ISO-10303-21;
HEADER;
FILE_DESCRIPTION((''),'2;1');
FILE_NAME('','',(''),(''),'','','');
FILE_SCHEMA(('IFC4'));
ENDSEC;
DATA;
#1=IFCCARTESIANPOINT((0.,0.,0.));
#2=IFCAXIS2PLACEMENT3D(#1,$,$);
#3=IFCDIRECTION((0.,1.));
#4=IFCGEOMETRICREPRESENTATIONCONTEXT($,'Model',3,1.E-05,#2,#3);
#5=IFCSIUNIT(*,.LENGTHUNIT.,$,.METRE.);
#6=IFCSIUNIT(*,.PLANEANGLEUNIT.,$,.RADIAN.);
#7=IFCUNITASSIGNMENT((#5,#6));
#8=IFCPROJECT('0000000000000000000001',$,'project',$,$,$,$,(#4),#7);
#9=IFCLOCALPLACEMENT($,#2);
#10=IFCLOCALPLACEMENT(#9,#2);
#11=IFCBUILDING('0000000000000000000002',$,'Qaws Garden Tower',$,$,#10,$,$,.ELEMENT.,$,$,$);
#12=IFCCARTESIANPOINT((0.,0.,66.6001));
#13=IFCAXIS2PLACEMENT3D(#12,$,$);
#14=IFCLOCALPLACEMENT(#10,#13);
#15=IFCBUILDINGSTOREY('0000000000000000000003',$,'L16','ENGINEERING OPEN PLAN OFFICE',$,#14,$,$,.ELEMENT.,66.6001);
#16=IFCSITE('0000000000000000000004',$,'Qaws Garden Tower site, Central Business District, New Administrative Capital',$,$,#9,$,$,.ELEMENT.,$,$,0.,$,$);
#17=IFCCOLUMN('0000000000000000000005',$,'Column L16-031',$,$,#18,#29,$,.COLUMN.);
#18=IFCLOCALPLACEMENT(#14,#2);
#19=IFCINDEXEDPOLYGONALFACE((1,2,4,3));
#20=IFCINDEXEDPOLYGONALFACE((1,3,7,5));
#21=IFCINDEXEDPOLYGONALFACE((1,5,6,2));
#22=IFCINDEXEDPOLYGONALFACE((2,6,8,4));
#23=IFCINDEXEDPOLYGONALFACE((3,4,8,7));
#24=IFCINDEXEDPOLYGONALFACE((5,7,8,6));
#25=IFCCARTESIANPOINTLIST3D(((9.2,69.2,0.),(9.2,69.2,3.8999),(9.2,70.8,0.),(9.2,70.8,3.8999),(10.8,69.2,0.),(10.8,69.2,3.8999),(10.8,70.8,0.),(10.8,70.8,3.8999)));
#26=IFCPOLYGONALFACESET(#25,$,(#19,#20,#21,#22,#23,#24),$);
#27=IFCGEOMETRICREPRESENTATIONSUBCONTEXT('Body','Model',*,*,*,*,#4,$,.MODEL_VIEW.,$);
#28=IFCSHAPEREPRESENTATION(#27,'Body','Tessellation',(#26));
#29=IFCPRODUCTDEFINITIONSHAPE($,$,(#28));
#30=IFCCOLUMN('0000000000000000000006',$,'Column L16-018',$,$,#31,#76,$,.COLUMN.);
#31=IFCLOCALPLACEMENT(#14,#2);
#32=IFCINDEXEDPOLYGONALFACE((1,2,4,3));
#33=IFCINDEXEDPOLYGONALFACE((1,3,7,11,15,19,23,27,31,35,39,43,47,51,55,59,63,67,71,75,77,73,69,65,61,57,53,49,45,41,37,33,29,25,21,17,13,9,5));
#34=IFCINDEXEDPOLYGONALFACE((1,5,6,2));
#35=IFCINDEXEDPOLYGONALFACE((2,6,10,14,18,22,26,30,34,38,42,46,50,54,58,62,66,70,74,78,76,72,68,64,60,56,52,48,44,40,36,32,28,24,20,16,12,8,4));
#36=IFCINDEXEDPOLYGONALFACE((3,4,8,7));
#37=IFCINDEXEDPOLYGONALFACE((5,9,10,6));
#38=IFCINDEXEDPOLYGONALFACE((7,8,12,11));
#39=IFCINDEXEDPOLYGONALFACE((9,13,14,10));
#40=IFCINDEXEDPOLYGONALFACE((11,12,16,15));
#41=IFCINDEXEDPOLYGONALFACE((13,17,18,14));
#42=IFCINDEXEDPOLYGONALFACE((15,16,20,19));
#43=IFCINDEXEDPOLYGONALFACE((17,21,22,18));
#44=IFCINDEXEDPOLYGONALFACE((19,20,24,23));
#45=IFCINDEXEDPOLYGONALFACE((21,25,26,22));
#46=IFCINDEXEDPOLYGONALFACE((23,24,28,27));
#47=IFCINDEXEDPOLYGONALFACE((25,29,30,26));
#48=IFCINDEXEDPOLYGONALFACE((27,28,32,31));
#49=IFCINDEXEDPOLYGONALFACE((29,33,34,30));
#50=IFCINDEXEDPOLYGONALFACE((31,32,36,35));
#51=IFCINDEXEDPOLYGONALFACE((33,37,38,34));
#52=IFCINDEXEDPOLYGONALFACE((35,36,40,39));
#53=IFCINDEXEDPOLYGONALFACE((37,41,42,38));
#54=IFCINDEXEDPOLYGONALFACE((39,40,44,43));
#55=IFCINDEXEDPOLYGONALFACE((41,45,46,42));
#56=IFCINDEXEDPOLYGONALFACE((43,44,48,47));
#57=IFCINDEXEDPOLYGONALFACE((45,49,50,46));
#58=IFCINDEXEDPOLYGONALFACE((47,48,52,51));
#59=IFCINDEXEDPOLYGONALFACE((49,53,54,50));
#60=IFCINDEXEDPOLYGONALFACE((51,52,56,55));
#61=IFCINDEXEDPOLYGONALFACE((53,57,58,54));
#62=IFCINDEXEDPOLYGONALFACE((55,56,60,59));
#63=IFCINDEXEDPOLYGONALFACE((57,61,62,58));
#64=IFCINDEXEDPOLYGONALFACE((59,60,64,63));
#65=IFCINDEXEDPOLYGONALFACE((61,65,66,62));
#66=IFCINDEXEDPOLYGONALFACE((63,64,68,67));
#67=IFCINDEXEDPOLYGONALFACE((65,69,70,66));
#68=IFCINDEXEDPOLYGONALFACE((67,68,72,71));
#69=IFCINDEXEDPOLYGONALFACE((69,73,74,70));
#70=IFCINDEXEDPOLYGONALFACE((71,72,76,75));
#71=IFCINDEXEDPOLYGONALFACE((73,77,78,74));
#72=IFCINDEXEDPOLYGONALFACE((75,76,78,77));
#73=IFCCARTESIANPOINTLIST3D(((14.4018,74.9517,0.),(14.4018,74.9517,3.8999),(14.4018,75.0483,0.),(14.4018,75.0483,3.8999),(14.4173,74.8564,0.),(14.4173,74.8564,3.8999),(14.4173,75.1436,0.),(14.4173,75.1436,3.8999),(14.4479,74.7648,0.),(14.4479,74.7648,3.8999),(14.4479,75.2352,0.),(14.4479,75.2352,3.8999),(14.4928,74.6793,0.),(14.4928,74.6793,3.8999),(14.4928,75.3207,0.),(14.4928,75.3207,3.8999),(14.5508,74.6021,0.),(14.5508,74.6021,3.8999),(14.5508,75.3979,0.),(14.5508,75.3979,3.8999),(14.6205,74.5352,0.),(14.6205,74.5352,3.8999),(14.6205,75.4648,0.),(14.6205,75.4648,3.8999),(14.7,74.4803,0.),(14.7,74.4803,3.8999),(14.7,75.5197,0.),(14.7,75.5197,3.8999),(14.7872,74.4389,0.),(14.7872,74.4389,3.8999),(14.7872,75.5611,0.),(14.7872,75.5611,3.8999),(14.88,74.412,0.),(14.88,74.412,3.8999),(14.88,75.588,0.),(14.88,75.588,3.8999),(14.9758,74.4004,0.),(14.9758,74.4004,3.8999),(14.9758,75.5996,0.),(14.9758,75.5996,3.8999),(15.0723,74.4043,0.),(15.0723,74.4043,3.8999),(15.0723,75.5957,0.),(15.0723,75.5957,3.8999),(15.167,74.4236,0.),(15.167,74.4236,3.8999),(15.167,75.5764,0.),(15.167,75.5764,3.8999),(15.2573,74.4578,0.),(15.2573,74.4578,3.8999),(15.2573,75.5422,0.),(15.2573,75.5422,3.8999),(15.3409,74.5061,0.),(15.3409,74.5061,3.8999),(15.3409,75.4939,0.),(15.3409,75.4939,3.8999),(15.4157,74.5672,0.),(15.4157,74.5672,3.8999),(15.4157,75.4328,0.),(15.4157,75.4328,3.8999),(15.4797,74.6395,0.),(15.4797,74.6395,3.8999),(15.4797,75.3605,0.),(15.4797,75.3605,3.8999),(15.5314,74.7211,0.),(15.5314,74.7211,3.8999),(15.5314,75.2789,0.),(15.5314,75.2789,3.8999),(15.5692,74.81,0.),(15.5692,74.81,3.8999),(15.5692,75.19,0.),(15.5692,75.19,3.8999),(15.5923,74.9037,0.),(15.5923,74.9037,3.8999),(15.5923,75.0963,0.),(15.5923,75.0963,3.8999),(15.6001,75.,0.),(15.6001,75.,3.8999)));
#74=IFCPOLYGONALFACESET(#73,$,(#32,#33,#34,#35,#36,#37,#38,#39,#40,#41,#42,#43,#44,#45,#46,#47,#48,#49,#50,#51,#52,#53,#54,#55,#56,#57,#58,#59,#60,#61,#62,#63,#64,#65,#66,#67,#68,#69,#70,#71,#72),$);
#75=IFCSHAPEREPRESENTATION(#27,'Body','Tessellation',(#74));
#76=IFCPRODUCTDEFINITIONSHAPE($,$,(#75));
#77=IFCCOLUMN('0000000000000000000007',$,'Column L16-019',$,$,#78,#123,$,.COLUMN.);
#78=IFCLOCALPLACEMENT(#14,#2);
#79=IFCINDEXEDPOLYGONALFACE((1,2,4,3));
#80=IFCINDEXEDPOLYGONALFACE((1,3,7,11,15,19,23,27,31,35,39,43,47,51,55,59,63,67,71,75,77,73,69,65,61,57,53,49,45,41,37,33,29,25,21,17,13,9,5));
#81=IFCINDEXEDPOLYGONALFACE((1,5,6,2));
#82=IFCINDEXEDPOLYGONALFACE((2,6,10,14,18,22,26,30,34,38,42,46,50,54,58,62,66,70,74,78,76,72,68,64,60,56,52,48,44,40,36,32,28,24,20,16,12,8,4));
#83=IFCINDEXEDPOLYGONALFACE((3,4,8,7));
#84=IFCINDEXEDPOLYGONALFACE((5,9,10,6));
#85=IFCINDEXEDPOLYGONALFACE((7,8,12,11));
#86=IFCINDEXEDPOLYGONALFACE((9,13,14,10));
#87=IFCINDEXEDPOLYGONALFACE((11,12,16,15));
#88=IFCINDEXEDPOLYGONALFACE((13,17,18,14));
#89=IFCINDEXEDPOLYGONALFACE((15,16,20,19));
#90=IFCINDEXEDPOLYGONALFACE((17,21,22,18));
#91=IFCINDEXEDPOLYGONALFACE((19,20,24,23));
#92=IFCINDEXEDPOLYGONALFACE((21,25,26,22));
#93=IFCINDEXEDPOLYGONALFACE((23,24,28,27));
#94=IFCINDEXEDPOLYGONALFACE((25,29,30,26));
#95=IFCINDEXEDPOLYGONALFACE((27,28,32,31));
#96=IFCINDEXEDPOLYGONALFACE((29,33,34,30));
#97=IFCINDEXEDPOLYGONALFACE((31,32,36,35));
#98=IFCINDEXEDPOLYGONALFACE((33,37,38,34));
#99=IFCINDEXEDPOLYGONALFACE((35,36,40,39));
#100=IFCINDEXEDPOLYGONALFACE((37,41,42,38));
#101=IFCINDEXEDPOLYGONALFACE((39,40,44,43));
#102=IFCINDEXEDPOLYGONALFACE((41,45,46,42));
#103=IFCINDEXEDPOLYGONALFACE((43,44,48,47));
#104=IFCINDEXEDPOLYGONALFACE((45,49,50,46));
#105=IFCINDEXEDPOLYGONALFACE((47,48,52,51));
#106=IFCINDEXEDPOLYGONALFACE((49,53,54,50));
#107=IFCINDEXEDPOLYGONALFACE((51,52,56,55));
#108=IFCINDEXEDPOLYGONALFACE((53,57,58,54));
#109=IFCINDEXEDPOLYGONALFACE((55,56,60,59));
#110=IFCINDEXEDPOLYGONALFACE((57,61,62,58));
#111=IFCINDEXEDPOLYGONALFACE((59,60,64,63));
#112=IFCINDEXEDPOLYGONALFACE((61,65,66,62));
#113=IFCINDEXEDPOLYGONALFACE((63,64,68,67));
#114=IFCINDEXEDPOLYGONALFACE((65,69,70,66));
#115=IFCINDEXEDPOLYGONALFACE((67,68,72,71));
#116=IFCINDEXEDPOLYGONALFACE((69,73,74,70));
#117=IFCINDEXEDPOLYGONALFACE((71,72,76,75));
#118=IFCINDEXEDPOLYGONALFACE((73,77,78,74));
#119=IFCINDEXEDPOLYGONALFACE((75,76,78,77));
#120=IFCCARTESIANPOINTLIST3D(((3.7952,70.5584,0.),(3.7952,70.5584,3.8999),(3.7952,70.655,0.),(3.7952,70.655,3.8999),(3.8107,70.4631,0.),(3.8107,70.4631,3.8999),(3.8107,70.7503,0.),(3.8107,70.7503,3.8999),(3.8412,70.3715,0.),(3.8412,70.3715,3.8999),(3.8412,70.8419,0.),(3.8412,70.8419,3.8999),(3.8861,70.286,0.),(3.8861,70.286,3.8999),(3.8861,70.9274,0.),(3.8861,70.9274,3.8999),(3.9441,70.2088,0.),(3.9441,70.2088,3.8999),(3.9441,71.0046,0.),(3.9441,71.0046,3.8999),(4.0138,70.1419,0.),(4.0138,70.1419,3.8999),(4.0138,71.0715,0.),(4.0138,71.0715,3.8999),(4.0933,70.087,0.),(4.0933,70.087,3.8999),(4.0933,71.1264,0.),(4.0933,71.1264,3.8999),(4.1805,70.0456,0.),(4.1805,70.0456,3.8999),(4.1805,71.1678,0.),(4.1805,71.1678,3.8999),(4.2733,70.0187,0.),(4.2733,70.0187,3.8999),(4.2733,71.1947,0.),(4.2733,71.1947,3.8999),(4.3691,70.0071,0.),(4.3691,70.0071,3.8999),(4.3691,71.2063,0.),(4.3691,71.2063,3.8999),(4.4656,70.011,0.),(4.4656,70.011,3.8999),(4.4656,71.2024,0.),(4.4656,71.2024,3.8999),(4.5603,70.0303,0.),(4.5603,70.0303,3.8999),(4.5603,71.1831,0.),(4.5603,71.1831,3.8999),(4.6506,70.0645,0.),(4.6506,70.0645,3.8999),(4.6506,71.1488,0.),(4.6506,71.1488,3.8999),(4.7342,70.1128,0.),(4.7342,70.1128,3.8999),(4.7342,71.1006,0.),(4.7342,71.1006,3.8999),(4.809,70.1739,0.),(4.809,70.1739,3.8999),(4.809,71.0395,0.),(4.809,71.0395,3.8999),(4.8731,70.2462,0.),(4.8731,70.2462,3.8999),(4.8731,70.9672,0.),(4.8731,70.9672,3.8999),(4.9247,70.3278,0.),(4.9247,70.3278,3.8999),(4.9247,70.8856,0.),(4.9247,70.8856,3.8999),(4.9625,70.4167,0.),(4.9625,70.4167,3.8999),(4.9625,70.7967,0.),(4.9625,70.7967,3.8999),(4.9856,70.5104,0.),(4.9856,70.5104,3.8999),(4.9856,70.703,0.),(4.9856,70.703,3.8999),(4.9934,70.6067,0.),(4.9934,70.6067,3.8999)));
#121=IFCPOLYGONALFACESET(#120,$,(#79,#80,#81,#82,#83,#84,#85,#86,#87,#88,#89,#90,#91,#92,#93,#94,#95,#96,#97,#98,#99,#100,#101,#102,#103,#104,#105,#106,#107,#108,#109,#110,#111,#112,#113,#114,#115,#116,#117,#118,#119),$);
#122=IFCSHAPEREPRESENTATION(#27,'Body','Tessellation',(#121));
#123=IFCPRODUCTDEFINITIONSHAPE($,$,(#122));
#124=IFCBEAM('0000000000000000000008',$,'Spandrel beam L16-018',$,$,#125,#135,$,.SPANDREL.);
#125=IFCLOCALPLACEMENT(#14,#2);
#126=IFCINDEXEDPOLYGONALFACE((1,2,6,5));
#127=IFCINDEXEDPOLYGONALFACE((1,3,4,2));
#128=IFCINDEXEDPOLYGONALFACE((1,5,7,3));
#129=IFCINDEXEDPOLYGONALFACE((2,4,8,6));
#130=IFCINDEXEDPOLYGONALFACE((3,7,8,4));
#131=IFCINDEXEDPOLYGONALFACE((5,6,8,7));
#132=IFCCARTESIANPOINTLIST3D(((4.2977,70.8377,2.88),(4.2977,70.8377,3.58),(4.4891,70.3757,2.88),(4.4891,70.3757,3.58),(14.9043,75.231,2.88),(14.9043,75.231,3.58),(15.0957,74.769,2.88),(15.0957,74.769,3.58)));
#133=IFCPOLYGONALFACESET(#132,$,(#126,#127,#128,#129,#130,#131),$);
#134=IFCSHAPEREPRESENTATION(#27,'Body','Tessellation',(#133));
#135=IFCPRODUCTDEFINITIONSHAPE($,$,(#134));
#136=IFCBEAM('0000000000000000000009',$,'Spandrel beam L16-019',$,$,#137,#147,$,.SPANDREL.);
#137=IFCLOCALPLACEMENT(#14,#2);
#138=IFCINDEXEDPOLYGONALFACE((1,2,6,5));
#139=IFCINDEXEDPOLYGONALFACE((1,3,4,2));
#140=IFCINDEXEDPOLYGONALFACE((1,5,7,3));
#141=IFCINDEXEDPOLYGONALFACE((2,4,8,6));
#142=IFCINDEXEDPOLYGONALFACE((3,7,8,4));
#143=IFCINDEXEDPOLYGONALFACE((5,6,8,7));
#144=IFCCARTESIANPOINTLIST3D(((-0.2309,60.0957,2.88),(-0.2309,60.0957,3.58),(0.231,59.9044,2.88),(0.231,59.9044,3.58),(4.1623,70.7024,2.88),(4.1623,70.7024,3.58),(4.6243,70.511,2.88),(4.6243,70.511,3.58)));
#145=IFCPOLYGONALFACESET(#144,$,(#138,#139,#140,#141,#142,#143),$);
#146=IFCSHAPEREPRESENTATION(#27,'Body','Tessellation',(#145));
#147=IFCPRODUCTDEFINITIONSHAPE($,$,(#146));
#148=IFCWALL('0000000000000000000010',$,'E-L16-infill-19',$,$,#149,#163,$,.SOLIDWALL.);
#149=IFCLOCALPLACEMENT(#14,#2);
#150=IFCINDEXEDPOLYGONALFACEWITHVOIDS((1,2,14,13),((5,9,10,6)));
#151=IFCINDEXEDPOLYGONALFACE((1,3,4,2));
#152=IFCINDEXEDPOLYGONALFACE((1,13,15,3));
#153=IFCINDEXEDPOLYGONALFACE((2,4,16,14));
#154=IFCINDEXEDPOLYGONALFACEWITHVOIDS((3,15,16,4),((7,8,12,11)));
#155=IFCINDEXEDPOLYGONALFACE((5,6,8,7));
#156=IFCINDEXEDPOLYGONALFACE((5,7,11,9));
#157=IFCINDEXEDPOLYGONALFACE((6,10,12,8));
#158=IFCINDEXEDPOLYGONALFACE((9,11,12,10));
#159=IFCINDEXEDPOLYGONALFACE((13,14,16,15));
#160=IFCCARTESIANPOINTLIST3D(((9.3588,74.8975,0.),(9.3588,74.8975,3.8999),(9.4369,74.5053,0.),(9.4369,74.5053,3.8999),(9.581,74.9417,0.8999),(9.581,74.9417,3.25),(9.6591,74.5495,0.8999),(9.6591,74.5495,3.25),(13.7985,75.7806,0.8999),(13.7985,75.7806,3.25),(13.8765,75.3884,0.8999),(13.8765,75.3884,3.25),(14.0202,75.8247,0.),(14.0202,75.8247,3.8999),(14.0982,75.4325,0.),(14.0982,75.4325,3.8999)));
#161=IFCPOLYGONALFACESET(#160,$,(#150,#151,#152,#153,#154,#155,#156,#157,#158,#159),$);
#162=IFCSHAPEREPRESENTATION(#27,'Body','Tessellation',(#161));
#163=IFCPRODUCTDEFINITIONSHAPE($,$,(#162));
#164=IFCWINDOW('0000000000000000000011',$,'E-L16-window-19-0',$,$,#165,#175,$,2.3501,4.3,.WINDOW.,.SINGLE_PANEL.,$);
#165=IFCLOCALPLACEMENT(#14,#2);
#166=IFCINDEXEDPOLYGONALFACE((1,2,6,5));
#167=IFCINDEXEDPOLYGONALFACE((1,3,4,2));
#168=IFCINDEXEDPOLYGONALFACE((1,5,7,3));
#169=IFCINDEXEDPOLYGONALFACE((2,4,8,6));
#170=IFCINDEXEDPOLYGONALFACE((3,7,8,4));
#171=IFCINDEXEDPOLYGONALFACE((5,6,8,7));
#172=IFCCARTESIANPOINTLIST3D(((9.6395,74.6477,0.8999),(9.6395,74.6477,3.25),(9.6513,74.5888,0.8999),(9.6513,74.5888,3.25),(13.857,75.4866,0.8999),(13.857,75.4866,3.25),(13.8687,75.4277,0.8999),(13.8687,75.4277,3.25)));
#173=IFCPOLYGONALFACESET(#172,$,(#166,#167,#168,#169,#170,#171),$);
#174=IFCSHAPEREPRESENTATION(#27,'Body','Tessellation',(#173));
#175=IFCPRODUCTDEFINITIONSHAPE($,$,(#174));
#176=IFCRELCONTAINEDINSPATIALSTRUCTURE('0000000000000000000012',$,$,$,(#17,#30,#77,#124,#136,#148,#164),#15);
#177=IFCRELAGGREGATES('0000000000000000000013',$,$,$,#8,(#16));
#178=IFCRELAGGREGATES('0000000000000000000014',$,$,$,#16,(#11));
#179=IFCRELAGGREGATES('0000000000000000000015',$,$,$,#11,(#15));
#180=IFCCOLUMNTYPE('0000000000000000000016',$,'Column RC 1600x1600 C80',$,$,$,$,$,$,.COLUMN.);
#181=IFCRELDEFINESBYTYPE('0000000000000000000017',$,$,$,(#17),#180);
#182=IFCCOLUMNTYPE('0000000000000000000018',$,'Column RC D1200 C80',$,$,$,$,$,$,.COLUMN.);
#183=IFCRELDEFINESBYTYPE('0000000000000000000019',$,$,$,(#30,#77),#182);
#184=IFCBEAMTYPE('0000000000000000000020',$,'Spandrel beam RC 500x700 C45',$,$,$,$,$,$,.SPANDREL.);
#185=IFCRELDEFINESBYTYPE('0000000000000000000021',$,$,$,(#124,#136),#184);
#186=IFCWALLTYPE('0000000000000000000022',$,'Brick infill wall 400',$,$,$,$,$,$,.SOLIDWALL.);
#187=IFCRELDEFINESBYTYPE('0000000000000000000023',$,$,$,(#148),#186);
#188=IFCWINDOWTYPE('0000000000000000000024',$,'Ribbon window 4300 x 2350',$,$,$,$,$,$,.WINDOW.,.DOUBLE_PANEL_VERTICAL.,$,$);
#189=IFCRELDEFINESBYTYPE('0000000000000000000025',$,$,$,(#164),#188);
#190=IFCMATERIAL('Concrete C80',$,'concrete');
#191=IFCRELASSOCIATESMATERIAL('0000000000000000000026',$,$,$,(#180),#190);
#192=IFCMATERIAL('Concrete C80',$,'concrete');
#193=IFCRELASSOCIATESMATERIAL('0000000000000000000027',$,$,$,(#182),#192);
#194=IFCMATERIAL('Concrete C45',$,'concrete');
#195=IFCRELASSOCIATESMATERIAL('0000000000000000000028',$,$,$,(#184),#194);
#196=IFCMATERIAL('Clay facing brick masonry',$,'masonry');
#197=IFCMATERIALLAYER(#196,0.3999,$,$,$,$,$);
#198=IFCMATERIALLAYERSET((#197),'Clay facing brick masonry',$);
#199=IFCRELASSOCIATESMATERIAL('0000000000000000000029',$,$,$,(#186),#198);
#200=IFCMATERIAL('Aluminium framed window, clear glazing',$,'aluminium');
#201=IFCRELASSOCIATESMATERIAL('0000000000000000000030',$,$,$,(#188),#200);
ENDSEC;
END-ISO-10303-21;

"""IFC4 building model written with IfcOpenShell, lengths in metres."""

from ifc_helpers import new_model, si_unit, direction, frame, frame_2d, origin, origin_2d, place, context, subcontext, project, spatial, rectangle, circle, extrude, material, layer, layer_set, material_profile, profile_set, type_object, element, fill, save


model = new_model("IFC4")

# Units and contexts
model_context = context("Model", 3, precision=1e-05, world=origin(), true_north=direction((0.0, 1.0)))
body_context = subcontext(model_context, "Body", "Model", "MODEL_VIEW")
ifc_project = project(units=[si_unit("LENGTHUNIT", "METRE"), si_unit("PLANEANGLEUNIT", "RADIAN")], contexts=[model_context])

# Site, building, storey
site_placement = place(None, origin())
site = spatial("IfcSite", under=ifc_project, at=site_placement, Name="Qaws Garden Tower site, Central Business District, New Administrative Capital", CompositionType="ELEMENT", RefElevation=0.0)
building_placement = place(site_placement, origin())
building = spatial("IfcBuilding", under=site, at=building_placement, Name="Qaws Garden Tower", CompositionType="ELEMENT")
storey_placement = place(building_placement, frame((0.0, 0.0, 66.6001)))
storey = spatial("IfcBuildingStorey", under=building, at=storey_placement, Name="L16", Description="ENGINEERING OPEN PLAN OFFICE", CompositionType="ELEMENT", Elevation=66.6001)

# Columns
ifc_material_1 = material(Name="Concrete C80", Category="concrete")
ifc_material_profile_1 = material_profile(ifc_material_1, rectangle(XDim=1.6001, YDim=1.6001, at=origin_2d()), Name="RC 1600x1600")
ifc_profile_set_1 = profile_set([ifc_material_profile_1], Name="Concrete C80")
column_type_1 = type_object("IfcColumnType", Name="Column RC 1600x1600 C80", PredefinedType="COLUMN", material=ifc_profile_set_1)
column_placement = place(storey_placement, frame((10.0, 70.0, 0.0), z_axis=(0.0, 0.0, 1.0), x_axis=(1.0, 0.0, 0.0)))
element("IfcColumn", 1, at=column_placement, inside=storey, type_object=column_type_1, Name="Column L16-031", PredefinedType="COLUMN", context=body_context, shape_type="SweptSolid", body=[
    extrude(rectangle(XDim=1.6001, YDim=1.6001, at=origin_2d()), origin(), (0.0, 0.0, 1.0), 3.8999),
])
ifc_material_2 = material(Name="Concrete C80", Category="concrete")
ifc_material_profile_2 = material_profile(ifc_material_2, circle(Radius=0.6001, at=origin_2d()), Name="RC D1200")
ifc_profile_set_2 = profile_set([ifc_material_profile_2], Name="Concrete C80")
column_type_2 = type_object("IfcColumnType", Name="Column RC D1200 C80", PredefinedType="COLUMN", material=ifc_profile_set_2)
for number, where, z_axis, x_axis, name in (
    (2, (15.0, 75.0, 0.0), (0.0, 0.0, 1.0), (1.0, 0.0, 0.0), "Column L16-018"),
    (3, (4.3933, 70.6067, 0.0), (0.0, 0.0, 1.0), (1.0, 0.0, 0.0), "Column L16-019"),
):
    element("IfcColumn", number, at=place(storey_placement, frame(where, z_axis=z_axis, x_axis=x_axis)), inside=storey, type_object=column_type_2, Name=name, PredefinedType="COLUMN", context=body_context, shape_type="SweptSolid", body=[
        extrude(circle(Radius=0.6001, at=origin_2d()), origin(), (0.0, 0.0, 1.0), 3.8999),
    ])

# Beams
ifc_material_3 = material(Name="Concrete C45", Category="concrete")
ifc_material_profile_3 = material_profile(ifc_material_3, rectangle(XDim=0.5, YDim=0.7, at=origin_2d()), Name="RC 500x700")
ifc_profile_set_3 = profile_set([ifc_material_profile_3], Name="Concrete C45")
beam_type = type_object("IfcBeamType", Name="Spandrel beam RC 500x700 C45", PredefinedType="SPANDREL", material=ifc_profile_set_3)
for number, where, z_axis, x_axis, name in (
    (4, (15.0, 75.0, 3.23), (-0.923883, -0.382674, 0.0), (0.382674, -0.923883, 0.0), "Spandrel beam L16-018"),
    (5, (4.3933, 70.6067, 3.23), (-0.382674, -0.923883, 0.0), (0.923883, -0.382674, 0.0), "Spandrel beam L16-019"),
):
    element("IfcBeam", number, at=place(storey_placement, frame(where, z_axis=z_axis, x_axis=x_axis)), inside=storey, type_object=beam_type, Name=name, PredefinedType="SPANDREL", context=body_context, shape_type="SweptSolid", body=[
        extrude(rectangle(XDim=0.5, YDim=0.7, at=origin_2d()), origin(), (0.0, 0.0, 1.0), 11.4805),
    ])

# Wall, opening, window
ifc_material_4 = material(Name="Clay facing brick masonry", Category="masonry")
ifc_layer_1 = layer(ifc_material_4, 0.3999)
ifc_layer_set_1 = layer_set([ifc_layer_1], Name="Clay facing brick masonry")
wall_type_1 = type_object("IfcWallType", Name="Brick infill wall 400", PredefinedType="SOLIDWALL", material=ifc_layer_set_1)
wall_1_placement = place(storey_placement, frame((14.0593, 75.6287, 0.0), z_axis=(0.0, 0.0, 1.0), x_axis=(-0.980784, -0.195099, 0.0)))
wall_1 = element("IfcWall", 6, at=wall_1_placement, inside=storey, type_object=wall_type_1, Name="E-L16-infill-19", PredefinedType="SOLIDWALL", context=body_context, shape_type="SweptSolid", body=[
    extrude(rectangle(XDim=4.7527, YDim=0.3999, at=frame_2d((2.3765, 0.0))), origin(), (0.0, 0.0, 1.0), 3.8999),
])
opening_1_placement = place(wall_1_placement, frame((0.2263, 0.0, 0.8999)))
opening_1 = element("IfcOpeningElement", 7, at=opening_1_placement, cuts=wall_1, PredefinedType="OPENING", context=body_context, shape_type="SweptSolid", body=[
    extrude(rectangle(XDim=4.3, YDim=2.3501, at=frame_2d((2.1499, 1.175))), frame((0.0, 0.21, 0.0), z_axis=(0.0, -1.0, 0.0), x_axis=(1.0, 0.0, 0.0)), (0.0, 0.0, 1.0), 0.4199),
])
ifc_material_5 = material(Name="Aluminium framed window, clear glazing", Category="aluminium")
window_type = type_object("IfcWindowType", Name="Ribbon window 4300 x 2350", PartitioningType="DOUBLE_PANEL_VERTICAL", PredefinedType="WINDOW", material=ifc_material_5)
window_1_placement = place(opening_1_placement, origin())
window_1 = element("IfcWindow", 8, at=window_1_placement, inside=storey, type_object=window_type, Name="E-L16-window-19-0", OverallHeight=2.3501, OverallWidth=4.3, PartitioningType="SINGLE_PANEL", PredefinedType="WINDOW", context=body_context, shape_type="SweptSolid", body=[
    extrude(rectangle(XDim=4.3, YDim=2.3501, at=frame_2d((2.1499, 1.175))), frame((0.0, 0.1599, 0.0), z_axis=(0.0, -1.0, 0.0), x_axis=(1.0, 0.0, 0.0)), (0.0, 0.0, 1.0), 0.0601),
])
fill(opening_1, window_1)

save(model, "model.ifc")
